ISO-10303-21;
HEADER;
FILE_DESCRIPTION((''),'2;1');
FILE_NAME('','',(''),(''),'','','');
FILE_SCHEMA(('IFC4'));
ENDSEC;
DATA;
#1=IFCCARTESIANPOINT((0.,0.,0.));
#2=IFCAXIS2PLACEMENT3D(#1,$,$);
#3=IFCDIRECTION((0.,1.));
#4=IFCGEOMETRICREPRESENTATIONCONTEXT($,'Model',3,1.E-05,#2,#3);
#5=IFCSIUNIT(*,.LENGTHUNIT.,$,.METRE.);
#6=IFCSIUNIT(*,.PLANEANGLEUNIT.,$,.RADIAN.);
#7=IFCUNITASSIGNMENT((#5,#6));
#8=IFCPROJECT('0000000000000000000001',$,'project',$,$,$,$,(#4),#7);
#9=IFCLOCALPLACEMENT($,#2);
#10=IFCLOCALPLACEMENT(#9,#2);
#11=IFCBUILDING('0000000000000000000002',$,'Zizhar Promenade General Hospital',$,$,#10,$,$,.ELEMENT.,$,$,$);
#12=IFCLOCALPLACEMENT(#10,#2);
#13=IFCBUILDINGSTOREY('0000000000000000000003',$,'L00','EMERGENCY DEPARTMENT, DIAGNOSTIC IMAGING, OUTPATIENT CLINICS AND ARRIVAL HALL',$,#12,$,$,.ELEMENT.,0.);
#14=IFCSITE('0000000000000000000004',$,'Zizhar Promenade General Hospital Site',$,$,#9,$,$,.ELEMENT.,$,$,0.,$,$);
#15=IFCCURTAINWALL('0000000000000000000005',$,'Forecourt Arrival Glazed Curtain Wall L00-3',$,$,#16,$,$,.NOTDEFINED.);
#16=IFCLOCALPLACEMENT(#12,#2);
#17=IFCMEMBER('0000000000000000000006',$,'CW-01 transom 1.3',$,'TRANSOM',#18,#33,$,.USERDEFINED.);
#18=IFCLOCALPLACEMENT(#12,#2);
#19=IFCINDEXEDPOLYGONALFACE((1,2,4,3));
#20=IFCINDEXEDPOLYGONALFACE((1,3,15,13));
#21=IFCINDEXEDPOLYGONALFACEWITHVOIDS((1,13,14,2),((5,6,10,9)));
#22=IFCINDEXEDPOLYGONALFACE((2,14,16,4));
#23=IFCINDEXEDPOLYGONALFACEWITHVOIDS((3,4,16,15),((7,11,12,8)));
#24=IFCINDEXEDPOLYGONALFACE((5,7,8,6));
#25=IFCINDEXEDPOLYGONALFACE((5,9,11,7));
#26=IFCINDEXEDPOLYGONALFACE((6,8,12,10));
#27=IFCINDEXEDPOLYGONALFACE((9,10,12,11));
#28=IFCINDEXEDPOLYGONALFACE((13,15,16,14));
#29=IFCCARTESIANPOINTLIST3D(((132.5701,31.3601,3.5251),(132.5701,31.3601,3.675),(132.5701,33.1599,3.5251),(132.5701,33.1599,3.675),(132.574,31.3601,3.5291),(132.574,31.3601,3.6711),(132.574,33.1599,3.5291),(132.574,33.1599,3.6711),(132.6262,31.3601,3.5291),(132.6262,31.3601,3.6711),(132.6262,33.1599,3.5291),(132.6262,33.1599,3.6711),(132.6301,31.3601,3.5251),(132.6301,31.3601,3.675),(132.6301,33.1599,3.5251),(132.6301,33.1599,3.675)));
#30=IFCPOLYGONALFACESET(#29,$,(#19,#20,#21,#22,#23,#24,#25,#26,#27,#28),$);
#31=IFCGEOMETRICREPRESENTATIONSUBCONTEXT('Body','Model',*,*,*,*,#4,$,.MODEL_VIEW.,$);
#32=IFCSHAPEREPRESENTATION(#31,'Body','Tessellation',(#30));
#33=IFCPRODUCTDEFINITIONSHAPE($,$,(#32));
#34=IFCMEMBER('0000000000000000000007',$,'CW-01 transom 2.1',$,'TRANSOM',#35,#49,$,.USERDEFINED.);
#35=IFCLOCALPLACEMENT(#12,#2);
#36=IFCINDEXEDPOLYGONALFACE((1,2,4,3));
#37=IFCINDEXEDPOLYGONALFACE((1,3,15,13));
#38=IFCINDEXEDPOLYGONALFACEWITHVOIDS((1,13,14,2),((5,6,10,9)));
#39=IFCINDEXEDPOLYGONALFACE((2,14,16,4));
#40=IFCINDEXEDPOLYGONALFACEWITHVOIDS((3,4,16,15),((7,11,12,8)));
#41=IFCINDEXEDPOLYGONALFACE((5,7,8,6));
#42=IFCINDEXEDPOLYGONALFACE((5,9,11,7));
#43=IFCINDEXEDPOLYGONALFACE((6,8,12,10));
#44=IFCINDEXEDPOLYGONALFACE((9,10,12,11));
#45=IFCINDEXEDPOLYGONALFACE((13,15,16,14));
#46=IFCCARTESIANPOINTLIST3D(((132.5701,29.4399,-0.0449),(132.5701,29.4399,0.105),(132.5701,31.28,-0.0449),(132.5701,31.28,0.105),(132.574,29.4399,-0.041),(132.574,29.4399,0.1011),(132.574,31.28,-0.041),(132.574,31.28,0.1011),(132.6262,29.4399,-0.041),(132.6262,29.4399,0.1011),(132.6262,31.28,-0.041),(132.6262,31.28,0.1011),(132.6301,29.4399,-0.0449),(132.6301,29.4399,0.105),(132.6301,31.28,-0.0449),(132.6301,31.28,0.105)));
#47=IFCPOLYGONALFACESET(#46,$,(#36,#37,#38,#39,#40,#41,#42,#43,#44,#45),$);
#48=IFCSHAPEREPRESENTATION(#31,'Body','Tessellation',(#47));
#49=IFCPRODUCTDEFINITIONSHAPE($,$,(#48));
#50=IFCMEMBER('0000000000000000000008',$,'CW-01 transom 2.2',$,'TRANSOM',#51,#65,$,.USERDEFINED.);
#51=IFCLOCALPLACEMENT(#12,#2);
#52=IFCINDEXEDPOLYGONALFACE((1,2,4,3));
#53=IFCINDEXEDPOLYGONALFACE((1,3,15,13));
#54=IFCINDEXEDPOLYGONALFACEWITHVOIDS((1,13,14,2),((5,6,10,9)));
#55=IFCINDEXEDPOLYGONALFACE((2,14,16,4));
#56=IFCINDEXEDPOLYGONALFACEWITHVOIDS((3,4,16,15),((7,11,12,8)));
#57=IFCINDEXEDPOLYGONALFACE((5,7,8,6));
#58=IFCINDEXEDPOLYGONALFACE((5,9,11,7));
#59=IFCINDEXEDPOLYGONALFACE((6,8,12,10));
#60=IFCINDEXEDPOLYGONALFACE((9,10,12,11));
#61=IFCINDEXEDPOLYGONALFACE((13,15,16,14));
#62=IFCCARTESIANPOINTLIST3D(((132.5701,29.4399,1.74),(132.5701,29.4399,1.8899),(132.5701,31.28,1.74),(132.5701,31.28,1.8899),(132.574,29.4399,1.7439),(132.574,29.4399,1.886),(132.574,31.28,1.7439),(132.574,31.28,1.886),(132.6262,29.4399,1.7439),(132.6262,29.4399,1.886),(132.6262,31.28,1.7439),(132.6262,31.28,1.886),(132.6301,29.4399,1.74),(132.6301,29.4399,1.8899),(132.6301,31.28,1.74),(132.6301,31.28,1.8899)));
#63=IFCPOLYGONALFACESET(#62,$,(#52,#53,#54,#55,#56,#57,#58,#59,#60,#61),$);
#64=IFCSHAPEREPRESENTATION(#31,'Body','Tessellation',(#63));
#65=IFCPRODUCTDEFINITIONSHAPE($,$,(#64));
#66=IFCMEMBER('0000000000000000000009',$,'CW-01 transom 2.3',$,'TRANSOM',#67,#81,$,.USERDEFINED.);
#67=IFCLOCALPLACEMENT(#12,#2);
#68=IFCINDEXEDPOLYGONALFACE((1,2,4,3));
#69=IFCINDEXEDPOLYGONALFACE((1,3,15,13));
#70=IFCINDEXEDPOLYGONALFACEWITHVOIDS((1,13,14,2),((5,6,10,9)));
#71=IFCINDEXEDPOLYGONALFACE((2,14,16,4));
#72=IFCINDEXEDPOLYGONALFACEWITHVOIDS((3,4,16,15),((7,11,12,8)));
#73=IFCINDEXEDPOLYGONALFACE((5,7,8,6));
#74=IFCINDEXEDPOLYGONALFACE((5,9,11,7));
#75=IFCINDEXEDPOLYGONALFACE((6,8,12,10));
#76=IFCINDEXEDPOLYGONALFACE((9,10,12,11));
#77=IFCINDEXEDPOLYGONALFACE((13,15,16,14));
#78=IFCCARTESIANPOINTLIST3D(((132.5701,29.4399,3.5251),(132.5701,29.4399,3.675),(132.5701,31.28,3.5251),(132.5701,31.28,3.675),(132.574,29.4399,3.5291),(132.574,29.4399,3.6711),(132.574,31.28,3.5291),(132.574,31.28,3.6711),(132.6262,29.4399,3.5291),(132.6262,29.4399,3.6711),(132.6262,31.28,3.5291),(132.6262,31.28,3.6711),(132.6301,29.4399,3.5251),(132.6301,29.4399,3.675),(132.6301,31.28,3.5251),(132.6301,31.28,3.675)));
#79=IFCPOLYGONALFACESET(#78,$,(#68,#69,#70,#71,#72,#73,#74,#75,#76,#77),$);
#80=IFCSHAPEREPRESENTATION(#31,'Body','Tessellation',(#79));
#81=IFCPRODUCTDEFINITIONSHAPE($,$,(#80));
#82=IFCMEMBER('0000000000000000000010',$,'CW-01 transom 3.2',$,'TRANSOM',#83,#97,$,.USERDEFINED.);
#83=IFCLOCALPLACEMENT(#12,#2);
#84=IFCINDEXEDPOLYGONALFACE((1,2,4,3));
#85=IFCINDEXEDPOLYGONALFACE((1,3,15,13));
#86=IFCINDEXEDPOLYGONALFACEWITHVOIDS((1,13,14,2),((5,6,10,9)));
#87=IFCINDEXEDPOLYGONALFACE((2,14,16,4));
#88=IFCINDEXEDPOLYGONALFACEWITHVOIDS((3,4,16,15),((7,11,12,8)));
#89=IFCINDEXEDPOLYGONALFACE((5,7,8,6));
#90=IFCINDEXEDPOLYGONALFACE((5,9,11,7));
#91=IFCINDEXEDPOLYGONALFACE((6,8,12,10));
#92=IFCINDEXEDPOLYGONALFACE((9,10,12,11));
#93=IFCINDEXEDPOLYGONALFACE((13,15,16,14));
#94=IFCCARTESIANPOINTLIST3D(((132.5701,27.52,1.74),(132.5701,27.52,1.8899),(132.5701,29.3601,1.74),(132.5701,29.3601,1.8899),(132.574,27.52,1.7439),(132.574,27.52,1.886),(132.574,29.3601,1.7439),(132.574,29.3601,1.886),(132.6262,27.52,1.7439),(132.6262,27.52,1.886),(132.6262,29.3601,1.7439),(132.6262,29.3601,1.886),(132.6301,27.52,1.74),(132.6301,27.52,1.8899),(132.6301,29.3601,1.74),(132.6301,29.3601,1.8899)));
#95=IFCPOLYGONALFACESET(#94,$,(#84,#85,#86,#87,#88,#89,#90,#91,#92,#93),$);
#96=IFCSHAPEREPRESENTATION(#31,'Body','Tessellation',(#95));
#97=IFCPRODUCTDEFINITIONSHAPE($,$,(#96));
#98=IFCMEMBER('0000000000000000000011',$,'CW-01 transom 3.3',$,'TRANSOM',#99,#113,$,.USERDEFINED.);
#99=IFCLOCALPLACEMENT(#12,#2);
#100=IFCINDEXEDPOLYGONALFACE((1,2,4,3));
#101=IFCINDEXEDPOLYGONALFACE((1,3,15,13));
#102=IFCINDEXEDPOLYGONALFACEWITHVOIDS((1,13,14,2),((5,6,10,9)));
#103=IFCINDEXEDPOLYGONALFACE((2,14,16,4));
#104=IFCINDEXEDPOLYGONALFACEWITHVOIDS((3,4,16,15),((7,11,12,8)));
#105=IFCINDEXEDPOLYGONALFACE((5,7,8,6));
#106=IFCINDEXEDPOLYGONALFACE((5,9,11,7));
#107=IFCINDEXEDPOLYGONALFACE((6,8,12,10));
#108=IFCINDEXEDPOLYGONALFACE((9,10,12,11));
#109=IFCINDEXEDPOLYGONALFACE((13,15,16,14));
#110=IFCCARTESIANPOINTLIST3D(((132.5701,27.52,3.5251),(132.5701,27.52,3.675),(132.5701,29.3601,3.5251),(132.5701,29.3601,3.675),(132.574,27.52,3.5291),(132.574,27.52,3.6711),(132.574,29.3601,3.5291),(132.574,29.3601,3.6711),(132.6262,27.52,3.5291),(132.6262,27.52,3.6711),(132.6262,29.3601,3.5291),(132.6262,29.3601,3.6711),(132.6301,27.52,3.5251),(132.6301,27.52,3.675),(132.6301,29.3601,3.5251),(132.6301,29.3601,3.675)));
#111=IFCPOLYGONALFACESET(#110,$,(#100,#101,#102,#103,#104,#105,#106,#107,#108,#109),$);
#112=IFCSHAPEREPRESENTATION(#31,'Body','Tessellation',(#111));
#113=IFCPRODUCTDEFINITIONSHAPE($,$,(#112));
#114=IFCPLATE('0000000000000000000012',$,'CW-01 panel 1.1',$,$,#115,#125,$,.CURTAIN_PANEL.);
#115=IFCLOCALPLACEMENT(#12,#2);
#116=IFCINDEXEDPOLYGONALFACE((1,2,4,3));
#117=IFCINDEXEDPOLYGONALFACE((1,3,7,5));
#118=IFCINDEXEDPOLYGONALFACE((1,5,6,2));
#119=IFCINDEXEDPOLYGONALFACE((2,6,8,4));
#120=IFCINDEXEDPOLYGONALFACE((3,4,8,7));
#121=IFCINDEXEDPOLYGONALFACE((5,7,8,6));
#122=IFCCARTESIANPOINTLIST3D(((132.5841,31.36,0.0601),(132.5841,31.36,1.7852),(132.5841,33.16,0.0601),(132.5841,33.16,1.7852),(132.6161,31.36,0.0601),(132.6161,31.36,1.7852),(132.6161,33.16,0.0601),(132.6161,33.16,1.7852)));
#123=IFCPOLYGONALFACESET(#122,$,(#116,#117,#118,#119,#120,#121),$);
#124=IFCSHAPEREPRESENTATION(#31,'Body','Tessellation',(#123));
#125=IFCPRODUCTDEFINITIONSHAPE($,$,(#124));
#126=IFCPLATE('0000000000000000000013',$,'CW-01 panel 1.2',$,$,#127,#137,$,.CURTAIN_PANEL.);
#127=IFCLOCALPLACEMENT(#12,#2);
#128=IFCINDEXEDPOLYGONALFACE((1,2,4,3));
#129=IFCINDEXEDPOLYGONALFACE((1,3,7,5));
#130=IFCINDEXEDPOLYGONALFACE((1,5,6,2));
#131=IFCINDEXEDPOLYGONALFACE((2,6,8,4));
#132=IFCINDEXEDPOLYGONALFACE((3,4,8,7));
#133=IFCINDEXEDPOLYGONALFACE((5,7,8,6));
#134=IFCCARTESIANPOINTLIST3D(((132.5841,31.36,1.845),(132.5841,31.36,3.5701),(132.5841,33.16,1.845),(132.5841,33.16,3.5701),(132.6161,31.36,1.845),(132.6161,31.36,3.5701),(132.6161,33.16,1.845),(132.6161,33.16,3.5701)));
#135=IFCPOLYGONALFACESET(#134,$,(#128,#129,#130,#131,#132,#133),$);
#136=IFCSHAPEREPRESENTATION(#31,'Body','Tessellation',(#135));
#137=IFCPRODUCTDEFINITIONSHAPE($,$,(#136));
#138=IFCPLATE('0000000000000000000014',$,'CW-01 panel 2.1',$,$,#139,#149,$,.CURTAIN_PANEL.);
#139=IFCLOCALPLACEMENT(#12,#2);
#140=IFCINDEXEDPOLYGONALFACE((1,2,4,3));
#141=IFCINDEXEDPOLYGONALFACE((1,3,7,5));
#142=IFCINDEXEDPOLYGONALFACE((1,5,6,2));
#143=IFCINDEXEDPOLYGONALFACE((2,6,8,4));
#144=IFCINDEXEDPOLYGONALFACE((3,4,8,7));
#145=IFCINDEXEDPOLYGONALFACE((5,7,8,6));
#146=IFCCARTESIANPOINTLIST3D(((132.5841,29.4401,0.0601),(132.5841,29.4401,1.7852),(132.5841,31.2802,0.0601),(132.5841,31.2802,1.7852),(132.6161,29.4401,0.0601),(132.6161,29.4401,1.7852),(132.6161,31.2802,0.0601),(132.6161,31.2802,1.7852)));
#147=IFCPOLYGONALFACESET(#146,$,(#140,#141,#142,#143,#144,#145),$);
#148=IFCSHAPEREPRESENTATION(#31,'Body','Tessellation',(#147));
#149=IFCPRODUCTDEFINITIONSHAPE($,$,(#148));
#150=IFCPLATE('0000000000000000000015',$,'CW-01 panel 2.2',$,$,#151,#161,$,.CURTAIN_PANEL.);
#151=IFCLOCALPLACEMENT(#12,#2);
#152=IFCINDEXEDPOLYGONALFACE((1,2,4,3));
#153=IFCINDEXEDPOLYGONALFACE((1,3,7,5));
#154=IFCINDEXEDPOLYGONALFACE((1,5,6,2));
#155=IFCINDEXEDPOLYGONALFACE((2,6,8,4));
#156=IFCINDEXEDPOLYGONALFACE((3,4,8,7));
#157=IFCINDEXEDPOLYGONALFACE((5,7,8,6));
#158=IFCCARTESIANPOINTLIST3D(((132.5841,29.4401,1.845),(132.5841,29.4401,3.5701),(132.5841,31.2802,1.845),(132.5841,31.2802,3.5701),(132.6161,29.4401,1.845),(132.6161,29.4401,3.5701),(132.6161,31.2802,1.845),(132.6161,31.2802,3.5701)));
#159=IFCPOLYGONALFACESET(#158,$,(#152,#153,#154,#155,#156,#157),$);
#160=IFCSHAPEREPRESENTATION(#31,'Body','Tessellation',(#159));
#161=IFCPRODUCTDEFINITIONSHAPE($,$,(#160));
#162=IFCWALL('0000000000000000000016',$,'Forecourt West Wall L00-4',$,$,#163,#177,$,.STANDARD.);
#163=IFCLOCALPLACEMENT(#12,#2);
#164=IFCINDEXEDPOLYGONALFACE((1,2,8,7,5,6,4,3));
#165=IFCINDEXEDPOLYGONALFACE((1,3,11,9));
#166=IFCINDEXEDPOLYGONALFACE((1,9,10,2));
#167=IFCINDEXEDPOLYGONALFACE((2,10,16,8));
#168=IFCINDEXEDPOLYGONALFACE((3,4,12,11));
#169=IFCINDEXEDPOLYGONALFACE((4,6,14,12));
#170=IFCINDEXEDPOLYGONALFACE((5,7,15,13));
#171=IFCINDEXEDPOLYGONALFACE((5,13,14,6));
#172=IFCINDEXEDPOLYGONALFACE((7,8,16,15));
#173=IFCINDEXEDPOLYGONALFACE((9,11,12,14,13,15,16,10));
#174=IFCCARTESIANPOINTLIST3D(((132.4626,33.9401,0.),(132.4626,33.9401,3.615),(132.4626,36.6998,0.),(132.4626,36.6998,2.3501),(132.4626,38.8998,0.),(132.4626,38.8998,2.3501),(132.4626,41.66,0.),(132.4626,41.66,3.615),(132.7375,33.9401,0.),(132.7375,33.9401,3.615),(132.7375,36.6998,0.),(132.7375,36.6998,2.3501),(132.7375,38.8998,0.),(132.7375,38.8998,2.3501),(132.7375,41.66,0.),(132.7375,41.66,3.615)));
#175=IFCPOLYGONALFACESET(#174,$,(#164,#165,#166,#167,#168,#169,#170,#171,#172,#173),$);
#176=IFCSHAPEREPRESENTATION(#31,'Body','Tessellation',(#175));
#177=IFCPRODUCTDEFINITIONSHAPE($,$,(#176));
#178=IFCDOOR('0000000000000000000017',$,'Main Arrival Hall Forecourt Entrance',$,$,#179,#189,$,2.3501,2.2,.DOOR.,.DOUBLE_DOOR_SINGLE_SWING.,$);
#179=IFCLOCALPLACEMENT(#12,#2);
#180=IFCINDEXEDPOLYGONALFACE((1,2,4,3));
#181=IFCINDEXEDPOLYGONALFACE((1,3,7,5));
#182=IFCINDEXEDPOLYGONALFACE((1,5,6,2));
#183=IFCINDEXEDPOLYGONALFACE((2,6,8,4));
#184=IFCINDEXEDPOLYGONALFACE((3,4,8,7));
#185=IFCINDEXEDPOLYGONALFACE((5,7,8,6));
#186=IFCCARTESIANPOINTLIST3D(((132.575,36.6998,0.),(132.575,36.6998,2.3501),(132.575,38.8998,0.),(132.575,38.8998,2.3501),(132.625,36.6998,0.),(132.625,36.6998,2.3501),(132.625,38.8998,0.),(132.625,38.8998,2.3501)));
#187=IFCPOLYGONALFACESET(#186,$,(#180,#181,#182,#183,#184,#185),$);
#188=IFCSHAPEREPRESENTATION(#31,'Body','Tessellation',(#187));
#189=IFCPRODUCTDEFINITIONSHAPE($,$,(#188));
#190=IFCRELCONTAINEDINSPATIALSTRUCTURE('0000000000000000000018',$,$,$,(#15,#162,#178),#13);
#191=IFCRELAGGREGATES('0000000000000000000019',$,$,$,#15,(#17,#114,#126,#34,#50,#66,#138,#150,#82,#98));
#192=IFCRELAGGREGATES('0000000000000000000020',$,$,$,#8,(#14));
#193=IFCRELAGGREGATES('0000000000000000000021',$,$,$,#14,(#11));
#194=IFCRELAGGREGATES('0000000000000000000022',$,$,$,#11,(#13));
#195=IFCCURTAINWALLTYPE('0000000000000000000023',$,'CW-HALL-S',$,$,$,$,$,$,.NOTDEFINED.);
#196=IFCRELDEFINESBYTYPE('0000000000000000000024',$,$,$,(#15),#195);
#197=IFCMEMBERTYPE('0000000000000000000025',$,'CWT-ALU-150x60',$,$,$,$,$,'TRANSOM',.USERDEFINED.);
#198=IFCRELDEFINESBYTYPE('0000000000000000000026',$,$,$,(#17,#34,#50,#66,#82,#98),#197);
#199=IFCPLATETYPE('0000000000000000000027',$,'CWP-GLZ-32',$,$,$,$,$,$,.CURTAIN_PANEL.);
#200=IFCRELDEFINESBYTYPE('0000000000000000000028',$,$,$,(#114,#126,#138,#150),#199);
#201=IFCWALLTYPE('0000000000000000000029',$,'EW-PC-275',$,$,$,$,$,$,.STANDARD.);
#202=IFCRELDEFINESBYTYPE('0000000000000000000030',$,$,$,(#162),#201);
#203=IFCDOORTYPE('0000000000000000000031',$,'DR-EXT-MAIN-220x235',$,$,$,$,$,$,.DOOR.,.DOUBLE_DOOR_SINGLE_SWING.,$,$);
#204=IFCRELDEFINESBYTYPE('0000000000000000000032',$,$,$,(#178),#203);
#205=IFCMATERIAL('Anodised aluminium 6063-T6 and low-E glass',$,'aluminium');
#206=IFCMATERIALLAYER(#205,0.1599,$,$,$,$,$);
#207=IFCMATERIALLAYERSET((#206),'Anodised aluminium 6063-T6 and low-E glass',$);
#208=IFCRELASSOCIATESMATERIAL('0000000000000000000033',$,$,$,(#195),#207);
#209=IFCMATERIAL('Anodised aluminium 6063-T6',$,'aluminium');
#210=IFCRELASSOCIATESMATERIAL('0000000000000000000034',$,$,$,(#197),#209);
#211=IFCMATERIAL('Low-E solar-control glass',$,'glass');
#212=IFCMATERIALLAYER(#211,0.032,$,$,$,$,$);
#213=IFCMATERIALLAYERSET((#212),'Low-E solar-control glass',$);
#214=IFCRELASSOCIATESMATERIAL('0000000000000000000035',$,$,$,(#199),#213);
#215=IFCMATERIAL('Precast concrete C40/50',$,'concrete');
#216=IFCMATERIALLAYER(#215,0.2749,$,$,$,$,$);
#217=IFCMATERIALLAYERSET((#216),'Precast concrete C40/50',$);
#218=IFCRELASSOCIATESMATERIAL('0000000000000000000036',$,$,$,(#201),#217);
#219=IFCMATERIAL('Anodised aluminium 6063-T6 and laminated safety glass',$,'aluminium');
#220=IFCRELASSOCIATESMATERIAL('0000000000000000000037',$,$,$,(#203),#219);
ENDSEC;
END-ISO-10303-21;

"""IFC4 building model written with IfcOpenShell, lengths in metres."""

from ifc_helpers import new_model, si_unit, direction, frame, frame_2d, origin, origin_2d, place, context, subcontext, project, spatial, rectangle, hollow_rectangle, extrude, material, layer, layer_set, material_profile, profile_set, type_object, element, fill, aggregate, save


model = new_model("IFC4")

# Units and contexts
model_context = context("Model", 3, precision=1e-05, world=origin(), true_north=direction((0.0, 1.0)))
body_context = subcontext(model_context, "Body", "Model", "MODEL_VIEW")
ifc_project = project(units=[si_unit("LENGTHUNIT", "METRE"), si_unit("PLANEANGLEUNIT", "RADIAN")], contexts=[model_context])

# Site, building, storey
site_placement = place(None, origin())
site = spatial("IfcSite", under=ifc_project, at=site_placement, Name="Zizhar Promenade General Hospital Site", CompositionType="ELEMENT", RefElevation=0.0)
building_placement = place(site_placement, origin())
building = spatial("IfcBuilding", under=site, at=building_placement, Name="Zizhar Promenade General Hospital", CompositionType="ELEMENT")
storey_placement = place(building_placement, origin())
storey = spatial("IfcBuildingStorey", under=building, at=storey_placement, Name="L00", Description="EMERGENCY DEPARTMENT, DIAGNOSTIC IMAGING, OUTPATIENT CLINICS AND ARRIVAL HALL", CompositionType="ELEMENT", Elevation=0.0)

# Curtain wall, members, plates
ifc_material_1 = material(Name="Anodised aluminium 6063-T6 and low-E glass", Category="aluminium")
ifc_layer_1 = layer(ifc_material_1, 0.1599)
ifc_layer_set_1 = layer_set([ifc_layer_1], Name="Anodised aluminium 6063-T6 and low-E glass")
curtain_wall_type = type_object("IfcCurtainWallType", Name="CW-HALL-S", PredefinedType="NOTDEFINED", material=ifc_layer_set_1)
curtain_wall_placement = place(storey_placement, origin())
curtain_wall = element("IfcCurtainWall", 1, at=curtain_wall_placement, inside=storey, type_object=curtain_wall_type, Name="Forecourt Arrival Glazed Curtain Wall L00-3", PredefinedType="NOTDEFINED")
ifc_material_2 = material(Name="Anodised aluminium 6063-T6", Category="aluminium")
ifc_material_profile_1 = material_profile(ifc_material_2, hollow_rectangle(XDim=0.0601, YDim=0.1499, WallThickness=0.0039, at=origin_2d()))
ifc_profile_set_1 = profile_set([ifc_material_profile_1], Name="Anodised aluminium 6063-T6")
member_type_1 = type_object("IfcMemberType", Name="CWT-ALU-150x60", ElementType="TRANSOM", PredefinedType="USERDEFINED", material=ifc_profile_set_1)
member_1_placement = place(storey_placement, frame((132.6001, 33.1599, 3.6001), z_axis=(0.0, -1.0, 0.0), x_axis=(1.0, 0.0, 0.0)))
member_1 = element("IfcMember", 2, at=member_1_placement, type_object=member_type_1, Name="CW-01 transom 1.3", ObjectType="TRANSOM", PredefinedType="USERDEFINED", context=body_context, shape_type="SweptSolid", body=[
    extrude(hollow_rectangle(XDim=0.0601, YDim=0.1499, WallThickness=0.0039, at=origin_2d()), origin(), (0.0, 0.0, 1.0), 1.7998),
])
member_2_placement = place(storey_placement, frame((132.6001, 31.28, 0.03), z_axis=(0.0, -1.0, 0.0), x_axis=(1.0, 0.0, 0.0)))
member_2 = element("IfcMember", 3, at=member_2_placement, type_object=member_type_1, Name="CW-01 transom 2.1", ObjectType="TRANSOM", PredefinedType="USERDEFINED", context=body_context, shape_type="SweptSolid", body=[
    extrude(hollow_rectangle(XDim=0.0601, YDim=0.1499, WallThickness=0.0039, at=origin_2d()), origin(), (0.0, 0.0, 1.0), 1.8401),
])
member_3_placement = place(storey_placement, frame((132.6001, 31.28, 1.8149), z_axis=(0.0, -1.0, 0.0), x_axis=(1.0, 0.0, 0.0)))
member_3 = element("IfcMember", 4, at=member_3_placement, type_object=member_type_1, Name="CW-01 transom 2.2", ObjectType="TRANSOM", PredefinedType="USERDEFINED", context=body_context, shape_type="SweptSolid", body=[
    extrude(hollow_rectangle(XDim=0.0601, YDim=0.1499, WallThickness=0.0039, at=origin_2d()), origin(), (0.0, 0.0, 1.0), 1.8401),
])
member_4_placement = place(storey_placement, frame((132.6001, 31.28, 3.6001), z_axis=(0.0, -1.0, 0.0), x_axis=(1.0, 0.0, 0.0)))
member_4 = element("IfcMember", 5, at=member_4_placement, type_object=member_type_1, Name="CW-01 transom 2.3", ObjectType="TRANSOM", PredefinedType="USERDEFINED", context=body_context, shape_type="SweptSolid", body=[
    extrude(hollow_rectangle(XDim=0.0601, YDim=0.1499, WallThickness=0.0039, at=origin_2d()), origin(), (0.0, 0.0, 1.0), 1.8401),
])
member_5_placement = place(storey_placement, frame((132.6001, 29.3601, 1.8149), z_axis=(0.0, -1.0, 0.0), x_axis=(1.0, 0.0, 0.0)))
member_5 = element("IfcMember", 6, at=member_5_placement, type_object=member_type_1, Name="CW-01 transom 3.2", ObjectType="TRANSOM", PredefinedType="USERDEFINED", context=body_context, shape_type="SweptSolid", body=[
    extrude(hollow_rectangle(XDim=0.0601, YDim=0.1499, WallThickness=0.0039, at=origin_2d()), origin(), (0.0, 0.0, 1.0), 1.8401),
])
member_6_placement = place(storey_placement, frame((132.6001, 29.3601, 3.6001), z_axis=(0.0, -1.0, 0.0), x_axis=(1.0, 0.0, 0.0)))
member_6 = element("IfcMember", 7, at=member_6_placement, type_object=member_type_1, Name="CW-01 transom 3.3", ObjectType="TRANSOM", PredefinedType="USERDEFINED", context=body_context, shape_type="SweptSolid", body=[
    extrude(hollow_rectangle(XDim=0.0601, YDim=0.1499, WallThickness=0.0039, at=origin_2d()), origin(), (0.0, 0.0, 1.0), 1.8401),
])
ifc_material_3 = material(Name="Low-E solar-control glass", Category="glass")
ifc_layer_2 = layer(ifc_material_3, 0.032)
ifc_layer_set_2 = layer_set([ifc_layer_2], Name="Low-E solar-control glass")
plate_type = type_object("IfcPlateType", Name="CWP-GLZ-32", PredefinedType="CURTAIN_PANEL", material=ifc_layer_set_2)
plate_1_placement = place(storey_placement, frame((132.6001, 32.26, 0.0601), z_axis=(0.0, 0.0, 1.0), x_axis=(0.0, -1.0, 0.0)))
plate_1 = element("IfcPlate", 8, at=plate_1_placement, type_object=plate_type, Name="CW-01 panel 1.1", PredefinedType="CURTAIN_PANEL", context=body_context, shape_type="SweptSolid", body=[
    extrude(rectangle(XDim=1.8, YDim=0.032, at=origin_2d()), origin(), (0.0, 0.0, 1.0), 1.7251),
])
plate_2_placement = place(storey_placement, frame((132.6001, 32.26, 1.845), z_axis=(0.0, 0.0, 1.0), x_axis=(0.0, -1.0, 0.0)))
plate_2 = element("IfcPlate", 9, at=plate_2_placement, type_object=plate_type, Name="CW-01 panel 1.2", PredefinedType="CURTAIN_PANEL", context=body_context, shape_type="SweptSolid", body=[
    extrude(rectangle(XDim=1.8, YDim=0.032, at=origin_2d()), origin(), (0.0, 0.0, 1.0), 1.7251),
])
plate_3_placement = place(storey_placement, frame((132.6001, 30.3601, 0.0601), z_axis=(0.0, 0.0, 1.0), x_axis=(0.0, -1.0, 0.0)))
plate_3 = element("IfcPlate", 10, at=plate_3_placement, type_object=plate_type, Name="CW-01 panel 2.1", PredefinedType="CURTAIN_PANEL", context=body_context, shape_type="SweptSolid", body=[
    extrude(rectangle(XDim=1.8401, YDim=0.032, at=origin_2d()), origin(), (0.0, 0.0, 1.0), 1.7251),
])
plate_4_placement = place(storey_placement, frame((132.6001, 30.3601, 1.845), z_axis=(0.0, 0.0, 1.0), x_axis=(0.0, -1.0, 0.0)))
plate_4 = element("IfcPlate", 11, at=plate_4_placement, type_object=plate_type, Name="CW-01 panel 2.2", PredefinedType="CURTAIN_PANEL", context=body_context, shape_type="SweptSolid", body=[
    extrude(rectangle(XDim=1.8401, YDim=0.032, at=origin_2d()), origin(), (0.0, 0.0, 1.0), 1.7251),
])
aggregate(curtain_wall, [member_1, plate_1, plate_2, member_2, member_3, member_4, plate_3, plate_4, member_5, member_6])

# Wall, opening, door
ifc_material_4 = material(Name="Precast concrete C40/50", Category="concrete")
ifc_layer_3 = layer(ifc_material_4, 0.2749)
ifc_layer_set_3 = layer_set([ifc_layer_3], Name="Precast concrete C40/50")
wall_type_1 = type_object("IfcWallType", Name="EW-PC-275", PredefinedType="STANDARD", material=ifc_layer_set_3)
wall_1_placement = place(storey_placement, frame((132.6001, 41.6599, 0.0), z_axis=(0.0, 0.0, 1.0), x_axis=(0.0, -1.0, 0.0)))
wall_1 = element("IfcWall", 12, at=wall_1_placement, inside=storey, type_object=wall_type_1, Name="Forecourt West Wall L00-4", PredefinedType="STANDARD", context=body_context, shape_type="SweptSolid", body=[
    extrude(rectangle(XDim=7.72, YDim=0.2749, at=frame_2d((3.8599, 0.0))), origin(), (0.0, 0.0, 1.0), 3.615),
])
opening_placement = place(wall_1_placement, frame((2.76, 0.0, 0.0)))
opening = element("IfcOpeningElement", 13, at=opening_placement, cuts=wall_1, PredefinedType="OPENING", context=body_context, shape_type="SweptSolid", body=[
    extrude(rectangle(XDim=2.2, YDim=2.3501, at=frame_2d((1.1001, 1.175))), frame((0.0, 0.1475, 0.0), z_axis=(0.0, -1.0, 0.0), x_axis=(1.0, 0.0, 0.0)), (0.0, 0.0, 1.0), 0.2949),
])
ifc_material_5 = material(Name="Anodised aluminium 6063-T6 and laminated safety glass", Category="aluminium")
door_type = type_object("IfcDoorType", Name="DR-EXT-MAIN-220x235", OperationType="DOUBLE_DOOR_SINGLE_SWING", PredefinedType="DOOR", material=ifc_material_5)
door_placement = place(opening_placement, origin())
door = element("IfcDoor", 14, at=door_placement, inside=storey, type_object=door_type, Name="Main Arrival Hall Forecourt Entrance", OperationType="DOUBLE_DOOR_SINGLE_SWING", OverallHeight=2.3501, OverallWidth=2.2, PredefinedType="DOOR", context=body_context, shape_type="SweptSolid", body=[
    extrude(rectangle(XDim=2.2, YDim=2.3501, at=frame_2d((1.1001, 1.175))), frame((0.0, 0.0249, 0.0), z_axis=(0.0, -1.0, 0.0), x_axis=(1.0, 0.0, 0.0)), (0.0, 0.0, 1.0), 0.05),
])
fill(opening, door)

save(model, "model.ifc")
